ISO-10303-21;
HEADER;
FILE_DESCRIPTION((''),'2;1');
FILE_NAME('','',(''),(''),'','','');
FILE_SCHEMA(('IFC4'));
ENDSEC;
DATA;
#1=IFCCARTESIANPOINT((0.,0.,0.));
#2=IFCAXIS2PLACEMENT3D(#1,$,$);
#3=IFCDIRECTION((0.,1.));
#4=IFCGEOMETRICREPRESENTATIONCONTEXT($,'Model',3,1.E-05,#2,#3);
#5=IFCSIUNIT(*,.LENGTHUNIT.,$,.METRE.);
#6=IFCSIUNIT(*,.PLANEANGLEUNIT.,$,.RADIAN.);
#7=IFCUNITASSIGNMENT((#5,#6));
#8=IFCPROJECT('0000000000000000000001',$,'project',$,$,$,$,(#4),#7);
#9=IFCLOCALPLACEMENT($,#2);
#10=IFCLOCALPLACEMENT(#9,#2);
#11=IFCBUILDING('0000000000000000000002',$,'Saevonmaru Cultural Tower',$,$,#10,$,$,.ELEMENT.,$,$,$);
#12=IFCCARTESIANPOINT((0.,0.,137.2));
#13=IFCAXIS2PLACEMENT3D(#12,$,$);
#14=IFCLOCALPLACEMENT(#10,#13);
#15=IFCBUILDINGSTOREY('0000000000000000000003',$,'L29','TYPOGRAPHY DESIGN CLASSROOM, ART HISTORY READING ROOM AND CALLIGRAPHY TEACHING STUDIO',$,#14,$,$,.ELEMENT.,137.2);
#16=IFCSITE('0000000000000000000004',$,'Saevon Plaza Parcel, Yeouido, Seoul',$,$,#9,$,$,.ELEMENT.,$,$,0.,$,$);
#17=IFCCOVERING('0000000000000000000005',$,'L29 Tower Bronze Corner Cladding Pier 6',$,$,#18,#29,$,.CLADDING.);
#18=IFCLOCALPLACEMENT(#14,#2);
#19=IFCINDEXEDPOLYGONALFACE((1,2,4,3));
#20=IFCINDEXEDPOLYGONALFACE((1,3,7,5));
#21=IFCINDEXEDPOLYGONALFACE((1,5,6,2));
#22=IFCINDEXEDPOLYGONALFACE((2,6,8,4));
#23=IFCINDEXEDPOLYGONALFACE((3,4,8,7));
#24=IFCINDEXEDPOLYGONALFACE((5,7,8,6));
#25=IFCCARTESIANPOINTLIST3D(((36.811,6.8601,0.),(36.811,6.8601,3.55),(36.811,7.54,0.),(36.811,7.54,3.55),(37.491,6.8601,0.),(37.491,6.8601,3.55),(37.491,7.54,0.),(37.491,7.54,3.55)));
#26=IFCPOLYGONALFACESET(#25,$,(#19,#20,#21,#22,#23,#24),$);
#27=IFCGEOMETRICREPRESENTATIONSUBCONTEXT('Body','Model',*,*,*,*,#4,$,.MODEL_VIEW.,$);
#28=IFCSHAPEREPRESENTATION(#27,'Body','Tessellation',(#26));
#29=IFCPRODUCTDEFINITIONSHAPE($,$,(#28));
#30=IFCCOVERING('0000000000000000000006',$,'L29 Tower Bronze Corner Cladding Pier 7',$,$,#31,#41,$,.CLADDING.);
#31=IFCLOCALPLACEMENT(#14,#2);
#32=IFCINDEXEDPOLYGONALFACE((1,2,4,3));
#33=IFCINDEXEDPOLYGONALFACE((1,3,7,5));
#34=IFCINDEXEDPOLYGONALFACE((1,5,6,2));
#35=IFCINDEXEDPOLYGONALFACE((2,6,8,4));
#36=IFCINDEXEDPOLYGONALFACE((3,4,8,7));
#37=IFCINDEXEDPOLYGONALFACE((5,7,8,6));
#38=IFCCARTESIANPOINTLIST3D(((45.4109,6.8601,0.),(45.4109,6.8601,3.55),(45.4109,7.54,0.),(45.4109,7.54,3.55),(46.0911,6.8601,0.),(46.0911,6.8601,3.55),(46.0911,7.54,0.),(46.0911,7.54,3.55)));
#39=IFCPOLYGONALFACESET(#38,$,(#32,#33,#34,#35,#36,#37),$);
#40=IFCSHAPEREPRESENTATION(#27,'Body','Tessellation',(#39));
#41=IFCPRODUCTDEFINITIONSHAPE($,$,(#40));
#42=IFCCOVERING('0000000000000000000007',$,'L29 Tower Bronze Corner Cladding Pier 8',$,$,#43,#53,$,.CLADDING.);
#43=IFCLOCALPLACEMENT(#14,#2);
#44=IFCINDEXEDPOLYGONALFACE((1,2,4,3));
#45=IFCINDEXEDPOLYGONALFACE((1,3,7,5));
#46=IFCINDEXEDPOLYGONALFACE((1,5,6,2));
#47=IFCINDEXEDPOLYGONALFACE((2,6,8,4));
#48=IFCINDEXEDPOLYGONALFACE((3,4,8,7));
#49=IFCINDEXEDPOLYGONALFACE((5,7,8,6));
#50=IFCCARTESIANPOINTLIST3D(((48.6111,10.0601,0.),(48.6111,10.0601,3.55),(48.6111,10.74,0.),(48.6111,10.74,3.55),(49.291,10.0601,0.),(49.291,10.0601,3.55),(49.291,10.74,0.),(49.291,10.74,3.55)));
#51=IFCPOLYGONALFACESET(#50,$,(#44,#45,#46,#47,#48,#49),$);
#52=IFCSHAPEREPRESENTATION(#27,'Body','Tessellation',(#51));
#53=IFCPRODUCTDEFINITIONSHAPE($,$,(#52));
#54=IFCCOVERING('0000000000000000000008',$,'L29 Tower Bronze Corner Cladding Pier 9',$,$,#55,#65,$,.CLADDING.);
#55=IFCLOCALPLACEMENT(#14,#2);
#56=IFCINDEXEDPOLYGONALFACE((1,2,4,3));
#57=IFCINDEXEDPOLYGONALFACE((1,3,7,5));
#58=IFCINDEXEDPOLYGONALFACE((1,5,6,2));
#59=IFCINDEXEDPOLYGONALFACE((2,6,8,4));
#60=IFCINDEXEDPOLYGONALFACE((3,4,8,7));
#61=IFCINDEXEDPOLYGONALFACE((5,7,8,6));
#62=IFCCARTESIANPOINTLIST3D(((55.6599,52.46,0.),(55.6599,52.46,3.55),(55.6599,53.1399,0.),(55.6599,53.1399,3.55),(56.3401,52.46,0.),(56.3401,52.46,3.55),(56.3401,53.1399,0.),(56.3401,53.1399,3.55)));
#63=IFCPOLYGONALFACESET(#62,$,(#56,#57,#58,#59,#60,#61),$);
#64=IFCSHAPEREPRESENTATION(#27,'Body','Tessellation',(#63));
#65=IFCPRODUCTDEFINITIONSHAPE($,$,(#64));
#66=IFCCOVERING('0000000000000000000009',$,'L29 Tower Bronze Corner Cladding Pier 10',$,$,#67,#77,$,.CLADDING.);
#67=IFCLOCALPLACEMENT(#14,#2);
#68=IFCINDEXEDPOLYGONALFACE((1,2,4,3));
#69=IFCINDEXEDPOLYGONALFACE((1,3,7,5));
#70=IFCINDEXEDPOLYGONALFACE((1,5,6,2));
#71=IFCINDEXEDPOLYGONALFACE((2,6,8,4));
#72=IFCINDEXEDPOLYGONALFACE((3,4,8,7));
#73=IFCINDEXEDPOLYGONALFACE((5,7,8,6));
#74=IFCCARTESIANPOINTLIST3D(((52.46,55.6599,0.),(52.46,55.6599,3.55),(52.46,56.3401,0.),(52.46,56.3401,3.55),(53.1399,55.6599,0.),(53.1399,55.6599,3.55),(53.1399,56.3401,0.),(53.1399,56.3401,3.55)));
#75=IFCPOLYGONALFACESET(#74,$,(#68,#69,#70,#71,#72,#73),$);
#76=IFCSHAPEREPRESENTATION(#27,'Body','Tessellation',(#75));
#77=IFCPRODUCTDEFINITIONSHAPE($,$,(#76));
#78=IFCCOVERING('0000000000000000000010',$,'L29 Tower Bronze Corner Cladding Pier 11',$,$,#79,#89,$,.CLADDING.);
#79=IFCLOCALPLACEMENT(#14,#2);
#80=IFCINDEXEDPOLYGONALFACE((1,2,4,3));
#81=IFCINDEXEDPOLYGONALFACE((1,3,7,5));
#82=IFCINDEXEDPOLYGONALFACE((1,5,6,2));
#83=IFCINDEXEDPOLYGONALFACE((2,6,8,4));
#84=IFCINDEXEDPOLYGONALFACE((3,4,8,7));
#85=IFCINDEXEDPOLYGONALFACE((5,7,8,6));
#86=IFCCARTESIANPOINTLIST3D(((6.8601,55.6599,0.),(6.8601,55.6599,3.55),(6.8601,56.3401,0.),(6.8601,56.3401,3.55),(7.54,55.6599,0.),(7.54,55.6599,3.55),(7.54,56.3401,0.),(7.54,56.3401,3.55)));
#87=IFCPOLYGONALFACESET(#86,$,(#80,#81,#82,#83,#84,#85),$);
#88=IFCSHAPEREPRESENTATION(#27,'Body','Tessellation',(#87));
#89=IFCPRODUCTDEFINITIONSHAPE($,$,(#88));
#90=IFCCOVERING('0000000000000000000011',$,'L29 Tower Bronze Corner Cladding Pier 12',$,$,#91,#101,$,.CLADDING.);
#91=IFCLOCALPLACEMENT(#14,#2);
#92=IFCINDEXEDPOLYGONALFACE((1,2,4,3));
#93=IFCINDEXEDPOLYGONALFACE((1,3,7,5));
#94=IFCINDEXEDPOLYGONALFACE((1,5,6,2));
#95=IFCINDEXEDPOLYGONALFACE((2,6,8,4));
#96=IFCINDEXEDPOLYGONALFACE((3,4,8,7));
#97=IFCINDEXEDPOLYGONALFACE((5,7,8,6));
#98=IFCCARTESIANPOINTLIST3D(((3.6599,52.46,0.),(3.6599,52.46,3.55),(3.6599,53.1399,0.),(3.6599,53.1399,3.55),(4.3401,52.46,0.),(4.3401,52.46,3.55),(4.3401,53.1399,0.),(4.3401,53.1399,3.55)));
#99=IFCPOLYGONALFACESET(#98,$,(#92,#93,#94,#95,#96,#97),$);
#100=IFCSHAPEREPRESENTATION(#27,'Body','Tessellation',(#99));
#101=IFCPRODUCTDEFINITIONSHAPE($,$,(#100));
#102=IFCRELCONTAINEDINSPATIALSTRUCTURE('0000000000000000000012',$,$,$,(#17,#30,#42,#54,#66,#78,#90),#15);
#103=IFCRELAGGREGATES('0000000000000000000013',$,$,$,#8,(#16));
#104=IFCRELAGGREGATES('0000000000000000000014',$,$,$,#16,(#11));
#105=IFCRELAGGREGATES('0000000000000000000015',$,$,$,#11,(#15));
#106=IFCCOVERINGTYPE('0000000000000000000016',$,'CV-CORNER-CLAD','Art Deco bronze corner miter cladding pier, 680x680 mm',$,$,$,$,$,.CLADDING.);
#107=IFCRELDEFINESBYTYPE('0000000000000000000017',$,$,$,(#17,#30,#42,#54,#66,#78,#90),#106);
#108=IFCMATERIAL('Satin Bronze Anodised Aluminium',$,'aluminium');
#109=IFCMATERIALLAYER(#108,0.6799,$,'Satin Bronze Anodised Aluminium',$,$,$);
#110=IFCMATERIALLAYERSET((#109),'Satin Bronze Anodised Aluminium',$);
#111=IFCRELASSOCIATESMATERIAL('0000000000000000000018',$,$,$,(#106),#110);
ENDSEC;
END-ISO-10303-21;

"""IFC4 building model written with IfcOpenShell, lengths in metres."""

from ifc_helpers import new_model, si_unit, direction, frame, origin, place, context, subcontext, project, spatial, polyline, outline, extrude, material, layer, layer_set, type_object, element, save


model = new_model("IFC4")

# Units and contexts
model_context = context("Model", 3, precision=1e-05, world=origin(), true_north=direction((0.0, 1.0)))
body_context = subcontext(model_context, "Body", "Model", "MODEL_VIEW")
ifc_project = project(units=[si_unit("LENGTHUNIT", "METRE"), si_unit("PLANEANGLEUNIT", "RADIAN")], contexts=[model_context])

# Site, building, storey
site_placement = place(None, origin())
site = spatial("IfcSite", under=ifc_project, at=site_placement, Name="Saevon Plaza Parcel, Yeouido, Seoul", CompositionType="ELEMENT", RefElevation=0.0)
building_placement = place(site_placement, origin())
building = spatial("IfcBuilding", under=site, at=building_placement, Name="Saevonmaru Cultural Tower", CompositionType="ELEMENT")
storey_placement = place(building_placement, frame((0.0, 0.0, 137.2)))
storey = spatial("IfcBuildingStorey", under=building, at=storey_placement, Name="L29", Description="TYPOGRAPHY DESIGN CLASSROOM, ART HISTORY READING ROOM AND CALLIGRAPHY TEACHING STUDIO", CompositionType="ELEMENT", Elevation=137.2)

# Shared definitions
ifc_material_1 = material(Name="Satin Bronze Anodised Aluminium", Category="aluminium")

# Coverings
ifc_layer_1 = layer(ifc_material_1, 0.6799, Name="Satin Bronze Anodised Aluminium")
ifc_layer_set_1 = layer_set([ifc_layer_1], Name="Satin Bronze Anodised Aluminium")
covering_type = type_object("IfcCoveringType", Name="CV-CORNER-CLAD", Description="Art Deco bronze corner miter cladding pier, 680x680 mm", PredefinedType="CLADDING", material=ifc_layer_set_1)
covering_1_placement = place(storey_placement, origin())
element("IfcCovering", 1, at=covering_1_placement, inside=storey, type_object=covering_type, Name="L29 Tower Bronze Corner Cladding Pier 6", PredefinedType="CLADDING", context=body_context, shape_type="SweptSolid", body=[
    extrude(outline(polyline([(36.811, 6.8601), (37.491, 6.8601), (37.491, 7.54), (36.811, 7.54), (36.811, 6.8601)])), origin(), (0.0, 0.0, 1.0), 3.55),
])
covering_2_placement = place(storey_placement, origin())
element("IfcCovering", 2, at=covering_2_placement, inside=storey, type_object=covering_type, Name="L29 Tower Bronze Corner Cladding Pier 7", PredefinedType="CLADDING", context=body_context, shape_type="SweptSolid", body=[
    extrude(outline(polyline([(45.4109, 6.8601), (46.0911, 6.8601), (46.0911, 7.54), (45.4109, 7.54), (45.4109, 6.8601)])), origin(), (0.0, 0.0, 1.0), 3.55),
])
covering_3_placement = place(storey_placement, origin())
element("IfcCovering", 3, at=covering_3_placement, inside=storey, type_object=covering_type, Name="L29 Tower Bronze Corner Cladding Pier 8", PredefinedType="CLADDING", context=body_context, shape_type="SweptSolid", body=[
    extrude(outline(polyline([(48.6111, 10.0601), (49.291, 10.0601), (49.291, 10.74), (48.6111, 10.74), (48.6111, 10.0601)])), origin(), (0.0, 0.0, 1.0), 3.55),
])
covering_4_placement = place(storey_placement, origin())
element("IfcCovering", 4, at=covering_4_placement, inside=storey, type_object=covering_type, Name="L29 Tower Bronze Corner Cladding Pier 9", PredefinedType="CLADDING", context=body_context, shape_type="SweptSolid", body=[
    extrude(outline(polyline([(55.6599, 52.46), (56.3401, 52.46), (56.3401, 53.1399), (55.6599, 53.1399), (55.6599, 52.46)])), origin(), (0.0, 0.0, 1.0), 3.55),
])
covering_5_placement = place(storey_placement, origin())
element("IfcCovering", 5, at=covering_5_placement, inside=storey, type_object=covering_type, Name="L29 Tower Bronze Corner Cladding Pier 10", PredefinedType="CLADDING", context=body_context, shape_type="SweptSolid", body=[
    extrude(outline(polyline([(52.46, 55.6599), (53.1399, 55.6599), (53.1399, 56.3401), (52.46, 56.3401), (52.46, 55.6599)])), origin(), (0.0, 0.0, 1.0), 3.55),
])
covering_6_placement = place(storey_placement, origin())
element("IfcCovering", 6, at=covering_6_placement, inside=storey, type_object=covering_type, Name="L29 Tower Bronze Corner Cladding Pier 11", PredefinedType="CLADDING", context=body_context, shape_type="SweptSolid", body=[
    extrude(outline(polyline([(6.8601, 55.6599), (7.54, 55.6599), (7.54, 56.3401), (6.8601, 56.3401), (6.8601, 55.6599)])), origin(), (0.0, 0.0, 1.0), 3.55),
])
covering_7_placement = place(storey_placement, origin())
element("IfcCovering", 7, at=covering_7_placement, inside=storey, type_object=covering_type, Name="L29 Tower Bronze Corner Cladding Pier 12", PredefinedType="CLADDING", context=body_context, shape_type="SweptSolid", body=[
    extrude(outline(polyline([(3.6599, 52.46), (4.3401, 52.46), (4.3401, 53.1399), (3.6599, 53.1399), (3.6599, 52.46)])), origin(), (0.0, 0.0, 1.0), 3.55),
])

save(model, "model.ifc")
